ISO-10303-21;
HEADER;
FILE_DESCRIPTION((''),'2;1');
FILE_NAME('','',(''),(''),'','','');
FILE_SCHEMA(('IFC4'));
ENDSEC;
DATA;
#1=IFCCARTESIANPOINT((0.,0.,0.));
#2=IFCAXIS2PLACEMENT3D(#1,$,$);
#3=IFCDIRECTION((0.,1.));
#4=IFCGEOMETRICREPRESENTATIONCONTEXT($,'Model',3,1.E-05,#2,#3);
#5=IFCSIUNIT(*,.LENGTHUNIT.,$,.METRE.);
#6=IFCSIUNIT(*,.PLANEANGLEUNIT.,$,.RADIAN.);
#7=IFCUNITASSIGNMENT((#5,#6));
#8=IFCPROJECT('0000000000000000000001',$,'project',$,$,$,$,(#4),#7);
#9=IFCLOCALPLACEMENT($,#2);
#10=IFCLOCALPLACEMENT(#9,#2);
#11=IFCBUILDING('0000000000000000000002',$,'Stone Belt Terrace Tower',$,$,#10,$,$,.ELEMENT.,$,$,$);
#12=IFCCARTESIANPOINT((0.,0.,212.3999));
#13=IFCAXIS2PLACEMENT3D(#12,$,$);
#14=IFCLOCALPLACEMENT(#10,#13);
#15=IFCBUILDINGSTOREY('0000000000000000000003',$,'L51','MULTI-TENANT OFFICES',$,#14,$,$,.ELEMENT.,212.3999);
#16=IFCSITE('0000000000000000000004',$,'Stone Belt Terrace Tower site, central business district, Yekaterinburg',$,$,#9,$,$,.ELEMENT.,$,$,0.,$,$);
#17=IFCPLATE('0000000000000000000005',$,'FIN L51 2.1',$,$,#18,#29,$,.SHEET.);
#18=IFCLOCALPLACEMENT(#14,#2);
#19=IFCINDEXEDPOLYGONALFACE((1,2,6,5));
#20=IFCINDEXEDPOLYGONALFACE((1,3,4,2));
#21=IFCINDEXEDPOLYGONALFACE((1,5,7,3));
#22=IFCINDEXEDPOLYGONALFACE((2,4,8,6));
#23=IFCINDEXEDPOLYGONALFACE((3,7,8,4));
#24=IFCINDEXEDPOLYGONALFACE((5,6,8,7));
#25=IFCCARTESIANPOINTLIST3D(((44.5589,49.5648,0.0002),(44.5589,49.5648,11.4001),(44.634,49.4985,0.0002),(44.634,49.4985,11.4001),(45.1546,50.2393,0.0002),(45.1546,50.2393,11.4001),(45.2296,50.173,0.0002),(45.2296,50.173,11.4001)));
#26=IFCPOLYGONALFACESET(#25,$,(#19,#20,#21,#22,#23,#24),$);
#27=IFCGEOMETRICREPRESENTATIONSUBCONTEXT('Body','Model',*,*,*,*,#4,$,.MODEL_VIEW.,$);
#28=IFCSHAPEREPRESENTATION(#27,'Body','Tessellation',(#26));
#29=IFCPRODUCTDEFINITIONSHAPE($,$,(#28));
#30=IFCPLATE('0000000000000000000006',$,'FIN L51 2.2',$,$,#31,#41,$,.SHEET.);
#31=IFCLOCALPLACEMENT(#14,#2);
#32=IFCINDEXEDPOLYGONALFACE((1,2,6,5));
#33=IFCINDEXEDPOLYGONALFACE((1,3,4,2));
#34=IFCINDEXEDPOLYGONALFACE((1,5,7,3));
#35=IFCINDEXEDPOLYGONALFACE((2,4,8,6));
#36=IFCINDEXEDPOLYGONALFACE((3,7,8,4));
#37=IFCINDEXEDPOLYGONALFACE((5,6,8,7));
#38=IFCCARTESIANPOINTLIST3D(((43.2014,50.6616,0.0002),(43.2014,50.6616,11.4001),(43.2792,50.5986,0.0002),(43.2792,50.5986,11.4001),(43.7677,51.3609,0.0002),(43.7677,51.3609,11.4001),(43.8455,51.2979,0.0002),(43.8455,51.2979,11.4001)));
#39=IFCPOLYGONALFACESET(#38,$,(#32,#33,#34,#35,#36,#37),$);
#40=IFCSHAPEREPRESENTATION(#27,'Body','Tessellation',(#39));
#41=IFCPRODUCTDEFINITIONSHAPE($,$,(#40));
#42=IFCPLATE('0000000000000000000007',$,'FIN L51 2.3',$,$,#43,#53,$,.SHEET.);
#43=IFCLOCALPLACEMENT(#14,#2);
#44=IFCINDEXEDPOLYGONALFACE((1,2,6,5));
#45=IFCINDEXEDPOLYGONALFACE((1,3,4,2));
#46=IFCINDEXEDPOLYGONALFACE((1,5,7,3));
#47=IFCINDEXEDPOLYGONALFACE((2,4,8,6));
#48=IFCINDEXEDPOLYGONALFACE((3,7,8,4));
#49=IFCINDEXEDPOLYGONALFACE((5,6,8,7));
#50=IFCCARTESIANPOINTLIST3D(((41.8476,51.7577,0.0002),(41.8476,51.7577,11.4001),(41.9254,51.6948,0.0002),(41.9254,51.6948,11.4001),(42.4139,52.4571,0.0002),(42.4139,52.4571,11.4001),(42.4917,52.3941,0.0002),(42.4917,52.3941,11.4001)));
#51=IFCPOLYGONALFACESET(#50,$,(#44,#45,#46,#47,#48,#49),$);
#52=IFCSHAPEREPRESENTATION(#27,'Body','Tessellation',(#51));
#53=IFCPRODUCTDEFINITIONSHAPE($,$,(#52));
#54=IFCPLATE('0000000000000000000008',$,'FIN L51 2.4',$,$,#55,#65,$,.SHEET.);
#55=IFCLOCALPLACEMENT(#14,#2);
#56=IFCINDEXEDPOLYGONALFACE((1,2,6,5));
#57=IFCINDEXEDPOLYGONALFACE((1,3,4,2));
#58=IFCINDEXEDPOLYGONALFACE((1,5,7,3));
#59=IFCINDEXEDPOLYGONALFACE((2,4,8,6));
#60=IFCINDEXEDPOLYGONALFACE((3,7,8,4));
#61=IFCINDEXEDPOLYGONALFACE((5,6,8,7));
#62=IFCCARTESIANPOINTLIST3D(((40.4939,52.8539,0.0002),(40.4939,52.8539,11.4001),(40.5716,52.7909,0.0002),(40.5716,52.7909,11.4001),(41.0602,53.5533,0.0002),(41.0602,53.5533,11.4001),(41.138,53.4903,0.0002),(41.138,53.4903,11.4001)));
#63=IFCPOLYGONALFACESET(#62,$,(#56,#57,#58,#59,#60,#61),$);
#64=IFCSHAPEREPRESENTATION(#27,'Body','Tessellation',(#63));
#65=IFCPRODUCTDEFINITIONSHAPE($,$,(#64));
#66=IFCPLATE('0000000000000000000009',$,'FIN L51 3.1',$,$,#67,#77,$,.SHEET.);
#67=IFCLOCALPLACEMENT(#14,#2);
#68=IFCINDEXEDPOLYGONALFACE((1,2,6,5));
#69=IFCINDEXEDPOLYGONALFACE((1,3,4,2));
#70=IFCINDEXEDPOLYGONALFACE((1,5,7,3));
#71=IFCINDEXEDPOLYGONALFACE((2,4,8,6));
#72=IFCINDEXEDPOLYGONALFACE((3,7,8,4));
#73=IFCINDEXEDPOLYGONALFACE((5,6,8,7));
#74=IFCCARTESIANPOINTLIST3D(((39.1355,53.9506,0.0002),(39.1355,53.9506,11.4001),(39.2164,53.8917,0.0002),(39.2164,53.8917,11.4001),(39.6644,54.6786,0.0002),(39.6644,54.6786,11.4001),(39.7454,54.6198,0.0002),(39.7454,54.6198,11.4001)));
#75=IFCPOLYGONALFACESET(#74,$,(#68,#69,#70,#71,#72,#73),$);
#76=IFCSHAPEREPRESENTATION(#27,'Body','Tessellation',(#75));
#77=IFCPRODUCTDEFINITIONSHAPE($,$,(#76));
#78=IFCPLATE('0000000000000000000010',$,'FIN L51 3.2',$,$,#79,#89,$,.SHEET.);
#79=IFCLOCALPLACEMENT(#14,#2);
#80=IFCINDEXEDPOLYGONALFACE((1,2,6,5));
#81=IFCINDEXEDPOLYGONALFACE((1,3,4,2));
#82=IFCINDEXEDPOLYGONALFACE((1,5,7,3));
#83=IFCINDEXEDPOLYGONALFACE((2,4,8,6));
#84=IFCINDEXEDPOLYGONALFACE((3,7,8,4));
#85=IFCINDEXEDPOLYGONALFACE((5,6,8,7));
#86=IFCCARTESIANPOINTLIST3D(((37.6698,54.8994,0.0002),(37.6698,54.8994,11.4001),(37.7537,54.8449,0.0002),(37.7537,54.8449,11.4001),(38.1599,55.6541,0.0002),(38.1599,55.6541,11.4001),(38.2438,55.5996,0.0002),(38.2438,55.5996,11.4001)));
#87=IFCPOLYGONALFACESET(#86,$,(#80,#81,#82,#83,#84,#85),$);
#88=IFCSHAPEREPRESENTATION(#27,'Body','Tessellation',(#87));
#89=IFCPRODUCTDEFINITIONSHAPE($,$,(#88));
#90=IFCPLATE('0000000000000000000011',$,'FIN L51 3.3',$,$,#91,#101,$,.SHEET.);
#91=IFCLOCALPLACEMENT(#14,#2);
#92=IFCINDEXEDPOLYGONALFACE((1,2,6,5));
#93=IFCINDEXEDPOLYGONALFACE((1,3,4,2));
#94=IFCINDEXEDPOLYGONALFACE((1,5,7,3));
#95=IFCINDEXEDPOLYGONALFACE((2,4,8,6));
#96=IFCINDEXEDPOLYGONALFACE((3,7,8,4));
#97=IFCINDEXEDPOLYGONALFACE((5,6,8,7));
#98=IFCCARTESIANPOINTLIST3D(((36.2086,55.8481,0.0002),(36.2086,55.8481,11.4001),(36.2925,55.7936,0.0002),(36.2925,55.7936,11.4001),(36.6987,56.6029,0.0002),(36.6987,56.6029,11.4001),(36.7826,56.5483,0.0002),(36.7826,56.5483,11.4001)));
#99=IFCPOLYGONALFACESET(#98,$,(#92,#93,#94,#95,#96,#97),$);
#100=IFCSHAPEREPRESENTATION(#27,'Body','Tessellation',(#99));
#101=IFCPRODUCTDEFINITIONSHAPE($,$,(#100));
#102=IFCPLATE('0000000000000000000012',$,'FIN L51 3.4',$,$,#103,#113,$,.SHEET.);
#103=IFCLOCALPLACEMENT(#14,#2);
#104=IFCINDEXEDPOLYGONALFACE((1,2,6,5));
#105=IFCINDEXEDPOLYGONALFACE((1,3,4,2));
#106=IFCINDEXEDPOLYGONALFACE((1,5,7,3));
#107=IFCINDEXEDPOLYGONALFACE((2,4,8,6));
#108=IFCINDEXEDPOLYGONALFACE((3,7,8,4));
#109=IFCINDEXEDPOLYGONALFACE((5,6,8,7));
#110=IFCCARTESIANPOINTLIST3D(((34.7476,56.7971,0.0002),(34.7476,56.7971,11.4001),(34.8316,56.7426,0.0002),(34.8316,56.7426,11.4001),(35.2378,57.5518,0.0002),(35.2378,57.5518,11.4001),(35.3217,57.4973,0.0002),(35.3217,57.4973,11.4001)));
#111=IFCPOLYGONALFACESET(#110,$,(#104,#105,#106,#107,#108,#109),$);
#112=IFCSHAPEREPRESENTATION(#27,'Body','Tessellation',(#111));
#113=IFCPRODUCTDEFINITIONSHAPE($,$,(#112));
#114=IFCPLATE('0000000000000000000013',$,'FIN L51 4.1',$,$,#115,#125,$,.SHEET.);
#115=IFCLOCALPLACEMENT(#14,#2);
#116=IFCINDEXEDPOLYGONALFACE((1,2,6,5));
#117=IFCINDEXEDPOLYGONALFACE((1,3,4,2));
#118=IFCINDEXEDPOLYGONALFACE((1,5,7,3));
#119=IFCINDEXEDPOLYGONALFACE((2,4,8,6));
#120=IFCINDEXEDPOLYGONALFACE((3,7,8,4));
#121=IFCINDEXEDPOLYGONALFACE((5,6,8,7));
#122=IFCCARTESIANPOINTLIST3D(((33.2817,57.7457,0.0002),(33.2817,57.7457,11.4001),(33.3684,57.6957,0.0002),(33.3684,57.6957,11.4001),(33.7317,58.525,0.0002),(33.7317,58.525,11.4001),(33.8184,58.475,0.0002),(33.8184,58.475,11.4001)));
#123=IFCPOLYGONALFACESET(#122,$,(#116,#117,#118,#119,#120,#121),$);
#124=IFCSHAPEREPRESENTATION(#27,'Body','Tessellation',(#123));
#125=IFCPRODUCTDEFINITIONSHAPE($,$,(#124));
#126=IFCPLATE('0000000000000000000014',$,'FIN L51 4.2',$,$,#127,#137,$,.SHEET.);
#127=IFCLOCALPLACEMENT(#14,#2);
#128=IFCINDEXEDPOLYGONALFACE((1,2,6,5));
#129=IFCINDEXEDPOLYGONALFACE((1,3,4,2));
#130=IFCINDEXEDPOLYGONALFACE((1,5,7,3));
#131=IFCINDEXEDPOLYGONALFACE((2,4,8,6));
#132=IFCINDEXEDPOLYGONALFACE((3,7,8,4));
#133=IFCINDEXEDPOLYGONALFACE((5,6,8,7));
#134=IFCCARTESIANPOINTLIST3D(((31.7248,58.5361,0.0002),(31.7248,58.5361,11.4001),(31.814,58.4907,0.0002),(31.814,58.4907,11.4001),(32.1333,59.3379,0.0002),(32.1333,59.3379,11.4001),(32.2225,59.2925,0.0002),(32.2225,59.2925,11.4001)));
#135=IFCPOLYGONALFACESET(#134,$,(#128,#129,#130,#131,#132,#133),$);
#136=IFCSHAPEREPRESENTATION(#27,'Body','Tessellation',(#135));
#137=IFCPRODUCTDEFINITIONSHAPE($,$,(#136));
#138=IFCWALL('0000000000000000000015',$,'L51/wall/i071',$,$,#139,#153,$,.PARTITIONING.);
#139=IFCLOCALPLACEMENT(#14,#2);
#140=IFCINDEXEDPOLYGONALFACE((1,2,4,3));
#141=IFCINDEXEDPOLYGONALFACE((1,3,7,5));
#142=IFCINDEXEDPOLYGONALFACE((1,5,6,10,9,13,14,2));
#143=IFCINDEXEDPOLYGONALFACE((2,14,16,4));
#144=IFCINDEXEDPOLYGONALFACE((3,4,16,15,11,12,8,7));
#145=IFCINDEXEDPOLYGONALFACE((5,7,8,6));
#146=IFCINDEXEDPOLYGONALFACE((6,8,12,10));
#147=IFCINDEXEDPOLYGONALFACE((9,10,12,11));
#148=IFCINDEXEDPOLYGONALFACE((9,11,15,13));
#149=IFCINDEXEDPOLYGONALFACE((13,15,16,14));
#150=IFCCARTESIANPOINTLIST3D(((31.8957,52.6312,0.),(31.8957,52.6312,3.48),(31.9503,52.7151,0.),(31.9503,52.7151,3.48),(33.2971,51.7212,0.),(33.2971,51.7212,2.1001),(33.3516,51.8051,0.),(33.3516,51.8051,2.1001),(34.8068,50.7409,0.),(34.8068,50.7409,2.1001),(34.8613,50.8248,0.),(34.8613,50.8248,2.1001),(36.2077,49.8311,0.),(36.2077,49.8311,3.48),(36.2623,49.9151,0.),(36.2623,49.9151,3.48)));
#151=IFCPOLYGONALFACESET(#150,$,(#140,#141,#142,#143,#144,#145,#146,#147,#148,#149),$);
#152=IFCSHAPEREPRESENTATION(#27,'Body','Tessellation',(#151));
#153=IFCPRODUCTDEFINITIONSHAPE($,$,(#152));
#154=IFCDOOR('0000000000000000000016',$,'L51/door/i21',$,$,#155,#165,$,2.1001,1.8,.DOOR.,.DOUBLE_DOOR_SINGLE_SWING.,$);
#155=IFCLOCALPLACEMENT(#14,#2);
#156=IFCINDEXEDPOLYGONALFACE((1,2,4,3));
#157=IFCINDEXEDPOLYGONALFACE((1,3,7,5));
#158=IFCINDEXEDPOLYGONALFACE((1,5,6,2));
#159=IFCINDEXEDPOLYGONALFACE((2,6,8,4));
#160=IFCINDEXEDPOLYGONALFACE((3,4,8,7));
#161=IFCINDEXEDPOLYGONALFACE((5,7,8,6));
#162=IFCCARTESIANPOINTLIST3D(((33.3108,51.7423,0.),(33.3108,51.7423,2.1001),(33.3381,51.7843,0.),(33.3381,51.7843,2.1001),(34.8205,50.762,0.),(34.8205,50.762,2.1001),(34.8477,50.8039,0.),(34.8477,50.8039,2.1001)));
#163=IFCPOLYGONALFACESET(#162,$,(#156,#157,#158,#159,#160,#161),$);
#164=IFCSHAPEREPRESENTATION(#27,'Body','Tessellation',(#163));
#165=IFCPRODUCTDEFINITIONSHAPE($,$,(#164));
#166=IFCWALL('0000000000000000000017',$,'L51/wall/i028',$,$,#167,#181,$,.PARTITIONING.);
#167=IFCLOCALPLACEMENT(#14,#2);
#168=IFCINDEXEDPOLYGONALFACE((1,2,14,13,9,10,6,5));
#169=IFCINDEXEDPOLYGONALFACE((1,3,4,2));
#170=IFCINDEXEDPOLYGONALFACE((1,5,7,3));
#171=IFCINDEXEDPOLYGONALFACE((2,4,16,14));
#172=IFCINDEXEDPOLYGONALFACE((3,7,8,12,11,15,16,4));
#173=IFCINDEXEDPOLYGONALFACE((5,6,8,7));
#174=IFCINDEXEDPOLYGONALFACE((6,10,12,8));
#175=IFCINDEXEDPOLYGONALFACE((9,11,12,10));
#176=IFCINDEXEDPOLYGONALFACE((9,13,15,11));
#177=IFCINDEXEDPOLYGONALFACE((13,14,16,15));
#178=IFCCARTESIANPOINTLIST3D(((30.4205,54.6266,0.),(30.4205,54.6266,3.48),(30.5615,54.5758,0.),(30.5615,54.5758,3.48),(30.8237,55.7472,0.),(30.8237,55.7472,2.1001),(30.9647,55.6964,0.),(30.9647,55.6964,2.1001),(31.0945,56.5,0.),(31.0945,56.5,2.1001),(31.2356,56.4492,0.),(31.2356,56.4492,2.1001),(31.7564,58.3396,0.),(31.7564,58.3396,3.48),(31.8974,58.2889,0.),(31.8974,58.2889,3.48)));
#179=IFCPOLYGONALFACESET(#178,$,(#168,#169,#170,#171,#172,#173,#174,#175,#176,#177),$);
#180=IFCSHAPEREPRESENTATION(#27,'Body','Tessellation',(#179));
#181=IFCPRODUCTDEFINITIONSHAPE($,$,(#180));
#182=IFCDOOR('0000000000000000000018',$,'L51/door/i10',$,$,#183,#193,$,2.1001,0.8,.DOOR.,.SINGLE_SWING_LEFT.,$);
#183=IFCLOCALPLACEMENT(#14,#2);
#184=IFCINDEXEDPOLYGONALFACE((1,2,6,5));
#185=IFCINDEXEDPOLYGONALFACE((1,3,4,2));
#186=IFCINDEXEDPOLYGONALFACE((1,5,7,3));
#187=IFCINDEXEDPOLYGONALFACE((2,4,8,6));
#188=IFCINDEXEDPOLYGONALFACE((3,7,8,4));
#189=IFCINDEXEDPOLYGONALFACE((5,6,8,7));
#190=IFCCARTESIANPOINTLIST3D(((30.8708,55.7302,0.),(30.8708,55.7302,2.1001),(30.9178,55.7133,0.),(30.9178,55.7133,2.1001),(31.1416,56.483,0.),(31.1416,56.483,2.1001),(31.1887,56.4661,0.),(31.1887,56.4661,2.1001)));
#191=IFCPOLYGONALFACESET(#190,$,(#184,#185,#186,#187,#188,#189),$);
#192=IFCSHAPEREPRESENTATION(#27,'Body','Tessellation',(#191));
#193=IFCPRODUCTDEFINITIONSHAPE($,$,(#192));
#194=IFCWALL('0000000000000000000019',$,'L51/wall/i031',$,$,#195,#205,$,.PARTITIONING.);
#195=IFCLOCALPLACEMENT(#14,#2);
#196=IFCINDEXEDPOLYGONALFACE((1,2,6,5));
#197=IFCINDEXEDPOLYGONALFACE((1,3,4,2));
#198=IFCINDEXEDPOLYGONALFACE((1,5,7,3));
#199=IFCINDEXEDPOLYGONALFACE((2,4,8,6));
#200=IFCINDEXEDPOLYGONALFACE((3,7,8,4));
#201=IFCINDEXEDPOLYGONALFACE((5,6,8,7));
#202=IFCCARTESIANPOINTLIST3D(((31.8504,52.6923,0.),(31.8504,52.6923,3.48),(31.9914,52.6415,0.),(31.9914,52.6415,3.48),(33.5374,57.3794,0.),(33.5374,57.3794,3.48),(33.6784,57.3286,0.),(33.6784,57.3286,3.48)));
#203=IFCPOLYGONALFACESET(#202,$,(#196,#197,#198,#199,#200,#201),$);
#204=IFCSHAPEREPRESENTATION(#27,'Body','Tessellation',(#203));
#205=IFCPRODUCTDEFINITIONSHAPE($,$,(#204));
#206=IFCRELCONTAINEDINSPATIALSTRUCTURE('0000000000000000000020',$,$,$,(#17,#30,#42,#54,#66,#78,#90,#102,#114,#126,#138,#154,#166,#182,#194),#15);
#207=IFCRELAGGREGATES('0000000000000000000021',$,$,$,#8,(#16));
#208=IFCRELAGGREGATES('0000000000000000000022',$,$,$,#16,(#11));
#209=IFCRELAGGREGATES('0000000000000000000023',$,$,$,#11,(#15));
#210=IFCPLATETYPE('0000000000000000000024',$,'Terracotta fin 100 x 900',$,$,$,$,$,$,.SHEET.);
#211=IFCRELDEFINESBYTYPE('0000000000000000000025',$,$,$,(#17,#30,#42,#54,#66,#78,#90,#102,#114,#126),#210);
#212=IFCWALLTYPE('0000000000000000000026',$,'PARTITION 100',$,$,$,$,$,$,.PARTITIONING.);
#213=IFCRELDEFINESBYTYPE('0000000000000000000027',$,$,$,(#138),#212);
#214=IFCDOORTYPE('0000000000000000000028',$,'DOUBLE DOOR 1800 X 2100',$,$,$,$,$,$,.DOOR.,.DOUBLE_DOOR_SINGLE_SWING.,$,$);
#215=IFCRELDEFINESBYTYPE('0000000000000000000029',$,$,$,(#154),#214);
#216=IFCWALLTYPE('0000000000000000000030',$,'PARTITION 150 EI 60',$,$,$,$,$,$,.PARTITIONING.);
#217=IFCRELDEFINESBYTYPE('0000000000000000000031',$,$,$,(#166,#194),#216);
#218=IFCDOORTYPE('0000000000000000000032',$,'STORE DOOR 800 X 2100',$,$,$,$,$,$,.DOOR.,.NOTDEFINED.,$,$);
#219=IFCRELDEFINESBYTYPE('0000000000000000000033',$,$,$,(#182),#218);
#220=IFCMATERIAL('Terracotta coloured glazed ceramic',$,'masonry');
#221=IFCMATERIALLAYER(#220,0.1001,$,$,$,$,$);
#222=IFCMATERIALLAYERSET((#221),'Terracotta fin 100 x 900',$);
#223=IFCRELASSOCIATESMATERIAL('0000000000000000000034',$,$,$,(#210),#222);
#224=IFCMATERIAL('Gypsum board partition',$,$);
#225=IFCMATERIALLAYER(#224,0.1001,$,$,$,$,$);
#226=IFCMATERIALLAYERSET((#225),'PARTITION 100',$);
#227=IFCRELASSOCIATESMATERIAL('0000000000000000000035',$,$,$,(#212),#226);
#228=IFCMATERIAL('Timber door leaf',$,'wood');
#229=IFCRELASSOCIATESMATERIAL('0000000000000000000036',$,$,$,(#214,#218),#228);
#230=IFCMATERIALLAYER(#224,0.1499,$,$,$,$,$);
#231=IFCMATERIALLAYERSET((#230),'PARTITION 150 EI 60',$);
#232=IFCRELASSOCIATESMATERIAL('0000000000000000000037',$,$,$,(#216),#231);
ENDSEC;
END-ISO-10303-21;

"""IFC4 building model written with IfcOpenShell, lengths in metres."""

from ifc_helpers import new_model, si_unit, direction, frame, frame_2d, origin, origin_2d, place, context, subcontext, project, spatial, rectangle, extrude, material, layer, layer_set, type_object, element, fill, save


model = new_model("IFC4")

# Units and contexts
model_context = context("Model", 3, precision=1e-05, world=origin(), true_north=direction((0.0, 1.0)))
body_context = subcontext(model_context, "Body", "Model", "MODEL_VIEW")
ifc_project = project(units=[si_unit("LENGTHUNIT", "METRE"), si_unit("PLANEANGLEUNIT", "RADIAN")], contexts=[model_context])

# Site, building, storey
site_placement = place(None, origin())
site = spatial("IfcSite", under=ifc_project, at=site_placement, Name="Stone Belt Terrace Tower site, central business district, Yekaterinburg", CompositionType="ELEMENT", RefElevation=0.0)
building_placement = place(site_placement, origin())
building = spatial("IfcBuilding", under=site, at=building_placement, Name="Stone Belt Terrace Tower", CompositionType="ELEMENT")
storey_placement = place(building_placement, frame((0.0, 0.0, 212.3999)))
storey = spatial("IfcBuildingStorey", under=building, at=storey_placement, Name="L51", Description="MULTI-TENANT OFFICES", CompositionType="ELEMENT", Elevation=212.3999)

# Plates
ifc_material_1 = material(Name="Terracotta coloured glazed ceramic", Category="masonry")
ifc_layer_1 = layer(ifc_material_1, 0.1001)
ifc_layer_set_1 = layer_set([ifc_layer_1], Name="Terracotta fin 100 x 900")
plate_type_1 = type_object("IfcPlateType", Name="Terracotta fin 100 x 900", PredefinedType="SHEET", material=ifc_layer_set_1)
for number, where, z_axis, x_axis, name in (
    (1, (44.8943, 49.8689, 0.0002), (0.0, 0.0, 1.0), (0.661937, 0.749559, 0.0), "FIN L51 2.1"),
    (2, (43.5234, 50.9797, 0.0002), (0.0, 0.0, 1.0), (0.62932, 0.777146, 0.0), "FIN L51 2.2"),
    (3, (42.1697, 52.0759, 0.0002), (0.0, 0.0, 1.0), (0.62932, 0.777146, 0.0), "FIN L51 2.3"),
    (4, (40.8159, 53.1721, 0.0002), (0.0, 0.0, 1.0), (0.62932, 0.777146, 0.0), "FIN L51 2.4"),
    (5, (39.4404, 54.2852, 0.0002), (0.0, 0.0, 1.0), (0.587785, 0.809017, 0.0), "FIN L51 3.1"),
    (6, (37.9568, 55.2495, 0.0002), (0.0, 0.0, 1.0), (0.544639, 0.838671, 0.0), "FIN L51 3.2"),
    (7, (36.4956, 56.1982, 0.0002), (0.0, 0.0, 1.0), (0.544639, 0.838671, 0.0), "FIN L51 3.3"),
    (8, (35.0347, 57.1472, 0.0002), (0.0, 0.0, 1.0), (0.544639, 0.838671, 0.0), "FIN L51 3.4"),
    (9, (33.55, 58.1104, 0.0002), (0.0, 0.0, 1.0), (0.5, 0.866025, 0.0), "FIN L51 4.1"),
    (10, (31.9736, 58.9143, 0.0002), (0.0, 0.0, 1.0), (0.45399, 0.891007, 0.0), "FIN L51 4.2"),
):
    element("IfcPlate", number, at=place(storey_placement, frame(where, z_axis=z_axis, x_axis=x_axis)), inside=storey, type_object=plate_type_1, Name=name, PredefinedType="SHEET", context=body_context, shape_type="SweptSolid", body=[
        extrude(rectangle(XDim=0.8999, YDim=0.1001, at=origin_2d()), origin(), (0.0, 0.0, 1.0), 11.3999),
    ])

# Walls, openings, doors
ifc_material_2 = material(Name="Gypsum board partition")
ifc_layer_2 = layer(ifc_material_2, 0.1001)
ifc_layer_set_2 = layer_set([ifc_layer_2], Name="PARTITION 100")
wall_type_1 = type_object("IfcWallType", Name="PARTITION 100", PredefinedType="PARTITIONING", material=ifc_layer_set_2)
wall_1_placement = place(storey_placement, frame((36.2351, 49.873, 0.0), z_axis=(0.0, 0.0, 1.0), x_axis=(-0.838689, 0.544611, 0.0)))
wall_1 = element("IfcWall", 11, at=wall_1_placement, inside=storey, type_object=wall_type_1, Name="L51/wall/i071", PredefinedType="PARTITIONING", context=body_context, shape_type="SweptSolid", body=[
    extrude(rectangle(XDim=5.1414, YDim=0.1001, at=frame_2d((2.5708, 0.0))), origin(), (0.0, 0.0, 1.0), 3.48),
])
opening_1_placement = place(wall_1_placement, frame((1.6707, 0.0, 0.0)))
opening_1 = element("IfcOpeningElement", 12, at=opening_1_placement, cuts=wall_1, PredefinedType="OPENING", context=body_context, shape_type="SweptSolid", body=[
    extrude(rectangle(XDim=1.8, YDim=2.1001, at=frame_2d((0.8999, 1.05))), frame((0.0, 0.0601, 0.0), z_axis=(0.0, -1.0, 0.0), x_axis=(1.0, 0.0, 0.0)), (0.0, 0.0, 1.0), 0.1201),
])
ifc_material_3 = material(Name="Timber door leaf", Category="wood")
door_type_1 = type_object("IfcDoorType", Name="DOUBLE DOOR 1800 X 2100", OperationType="DOUBLE_DOOR_SINGLE_SWING", PredefinedType="DOOR", material=ifc_material_3)
door_1_placement = place(opening_1_placement, origin())
door_1 = element("IfcDoor", 13, at=door_1_placement, inside=storey, type_object=door_type_1, Name="L51/door/i21", OperationType="DOUBLE_DOOR_SINGLE_SWING", OverallHeight=2.1001, OverallWidth=1.8, PredefinedType="DOOR", context=body_context, shape_type="SweptSolid", body=[
    extrude(rectangle(XDim=1.8, YDim=2.1001, at=frame_2d((0.8999, 1.05))), frame((0.0, 0.0249, 0.0), z_axis=(0.0, -1.0, 0.0), x_axis=(1.0, 0.0, 0.0)), (0.0, 0.0, 1.0), 0.05),
])
fill(opening_1, door_1)
ifc_layer_3 = layer(ifc_material_2, 0.1499)
ifc_layer_set_3 = layer_set([ifc_layer_3], Name="PARTITION 150 EI 60")
wall_type_2 = type_object("IfcWallType", Name="PARTITION 150 EI 60", PredefinedType="PARTITIONING", material=ifc_layer_set_3)
wall_2_placement = place(storey_placement, frame((30.491, 54.6011, 0.0), z_axis=(0.0, 0.0, 1.0), x_axis=(0.338542, 0.940951, 0.0)))
wall_2 = element("IfcWall", 14, at=wall_2_placement, inside=storey, type_object=wall_type_2, Name="L51/wall/i028", PredefinedType="PARTITIONING", context=body_context, shape_type="SweptSolid", body=[
    extrude(rectangle(XDim=3.946, YDim=0.1499, at=frame_2d((1.9731, 0.0))), origin(), (0.0, 0.0, 1.0), 3.48),
])
opening_2_placement = place(wall_2_placement, frame((1.1912, 0.0, 0.0)))
opening_2 = element("IfcOpeningElement", 15, at=opening_2_placement, cuts=wall_2, PredefinedType="OPENING", context=body_context, shape_type="SweptSolid", body=[
    extrude(rectangle(XDim=0.8, YDim=2.1001, at=frame_2d((0.3999, 1.05))), frame((0.0, 0.085, 0.0), z_axis=(0.0, -1.0, 0.0), x_axis=(1.0, 0.0, 0.0)), (0.0, 0.0, 1.0), 0.1699),
])
door_type_2 = type_object("IfcDoorType", Name="STORE DOOR 800 X 2100", OperationType="NOTDEFINED", PredefinedType="DOOR", material=ifc_material_3)
door_2_placement = place(opening_2_placement, origin())
door_2 = element("IfcDoor", 16, at=door_2_placement, inside=storey, type_object=door_type_2, Name="L51/door/i10", OperationType="SINGLE_SWING_LEFT", OverallHeight=2.1001, OverallWidth=0.8, PredefinedType="DOOR", context=body_context, shape_type="SweptSolid", body=[
    extrude(rectangle(XDim=0.8, YDim=2.1001, at=frame_2d((0.3999, 1.05))), frame((0.0, 0.0249, 0.0), z_axis=(0.0, -1.0, 0.0), x_axis=(1.0, 0.0, 0.0)), (0.0, 0.0, 1.0), 0.05),
])
fill(opening_2, door_2)

# Wall
wall_3_placement = place(storey_placement, frame((33.6079, 57.354, 0.0), z_axis=(0.0, 0.0, 1.0), x_axis=(-0.338664, -0.940907, 0.0)))
element("IfcWall", 17, at=wall_3_placement, inside=storey, type_object=wall_type_2, Name="L51/wall/i031", PredefinedType="PARTITIONING", context=body_context, shape_type="SweptSolid", body=[
    extrude(rectangle(XDim=4.9814, YDim=0.1499, at=frame_2d((2.4907, 0.0))), origin(), (0.0, 0.0, 1.0), 3.48),
])

save(model, "model.ifc")
